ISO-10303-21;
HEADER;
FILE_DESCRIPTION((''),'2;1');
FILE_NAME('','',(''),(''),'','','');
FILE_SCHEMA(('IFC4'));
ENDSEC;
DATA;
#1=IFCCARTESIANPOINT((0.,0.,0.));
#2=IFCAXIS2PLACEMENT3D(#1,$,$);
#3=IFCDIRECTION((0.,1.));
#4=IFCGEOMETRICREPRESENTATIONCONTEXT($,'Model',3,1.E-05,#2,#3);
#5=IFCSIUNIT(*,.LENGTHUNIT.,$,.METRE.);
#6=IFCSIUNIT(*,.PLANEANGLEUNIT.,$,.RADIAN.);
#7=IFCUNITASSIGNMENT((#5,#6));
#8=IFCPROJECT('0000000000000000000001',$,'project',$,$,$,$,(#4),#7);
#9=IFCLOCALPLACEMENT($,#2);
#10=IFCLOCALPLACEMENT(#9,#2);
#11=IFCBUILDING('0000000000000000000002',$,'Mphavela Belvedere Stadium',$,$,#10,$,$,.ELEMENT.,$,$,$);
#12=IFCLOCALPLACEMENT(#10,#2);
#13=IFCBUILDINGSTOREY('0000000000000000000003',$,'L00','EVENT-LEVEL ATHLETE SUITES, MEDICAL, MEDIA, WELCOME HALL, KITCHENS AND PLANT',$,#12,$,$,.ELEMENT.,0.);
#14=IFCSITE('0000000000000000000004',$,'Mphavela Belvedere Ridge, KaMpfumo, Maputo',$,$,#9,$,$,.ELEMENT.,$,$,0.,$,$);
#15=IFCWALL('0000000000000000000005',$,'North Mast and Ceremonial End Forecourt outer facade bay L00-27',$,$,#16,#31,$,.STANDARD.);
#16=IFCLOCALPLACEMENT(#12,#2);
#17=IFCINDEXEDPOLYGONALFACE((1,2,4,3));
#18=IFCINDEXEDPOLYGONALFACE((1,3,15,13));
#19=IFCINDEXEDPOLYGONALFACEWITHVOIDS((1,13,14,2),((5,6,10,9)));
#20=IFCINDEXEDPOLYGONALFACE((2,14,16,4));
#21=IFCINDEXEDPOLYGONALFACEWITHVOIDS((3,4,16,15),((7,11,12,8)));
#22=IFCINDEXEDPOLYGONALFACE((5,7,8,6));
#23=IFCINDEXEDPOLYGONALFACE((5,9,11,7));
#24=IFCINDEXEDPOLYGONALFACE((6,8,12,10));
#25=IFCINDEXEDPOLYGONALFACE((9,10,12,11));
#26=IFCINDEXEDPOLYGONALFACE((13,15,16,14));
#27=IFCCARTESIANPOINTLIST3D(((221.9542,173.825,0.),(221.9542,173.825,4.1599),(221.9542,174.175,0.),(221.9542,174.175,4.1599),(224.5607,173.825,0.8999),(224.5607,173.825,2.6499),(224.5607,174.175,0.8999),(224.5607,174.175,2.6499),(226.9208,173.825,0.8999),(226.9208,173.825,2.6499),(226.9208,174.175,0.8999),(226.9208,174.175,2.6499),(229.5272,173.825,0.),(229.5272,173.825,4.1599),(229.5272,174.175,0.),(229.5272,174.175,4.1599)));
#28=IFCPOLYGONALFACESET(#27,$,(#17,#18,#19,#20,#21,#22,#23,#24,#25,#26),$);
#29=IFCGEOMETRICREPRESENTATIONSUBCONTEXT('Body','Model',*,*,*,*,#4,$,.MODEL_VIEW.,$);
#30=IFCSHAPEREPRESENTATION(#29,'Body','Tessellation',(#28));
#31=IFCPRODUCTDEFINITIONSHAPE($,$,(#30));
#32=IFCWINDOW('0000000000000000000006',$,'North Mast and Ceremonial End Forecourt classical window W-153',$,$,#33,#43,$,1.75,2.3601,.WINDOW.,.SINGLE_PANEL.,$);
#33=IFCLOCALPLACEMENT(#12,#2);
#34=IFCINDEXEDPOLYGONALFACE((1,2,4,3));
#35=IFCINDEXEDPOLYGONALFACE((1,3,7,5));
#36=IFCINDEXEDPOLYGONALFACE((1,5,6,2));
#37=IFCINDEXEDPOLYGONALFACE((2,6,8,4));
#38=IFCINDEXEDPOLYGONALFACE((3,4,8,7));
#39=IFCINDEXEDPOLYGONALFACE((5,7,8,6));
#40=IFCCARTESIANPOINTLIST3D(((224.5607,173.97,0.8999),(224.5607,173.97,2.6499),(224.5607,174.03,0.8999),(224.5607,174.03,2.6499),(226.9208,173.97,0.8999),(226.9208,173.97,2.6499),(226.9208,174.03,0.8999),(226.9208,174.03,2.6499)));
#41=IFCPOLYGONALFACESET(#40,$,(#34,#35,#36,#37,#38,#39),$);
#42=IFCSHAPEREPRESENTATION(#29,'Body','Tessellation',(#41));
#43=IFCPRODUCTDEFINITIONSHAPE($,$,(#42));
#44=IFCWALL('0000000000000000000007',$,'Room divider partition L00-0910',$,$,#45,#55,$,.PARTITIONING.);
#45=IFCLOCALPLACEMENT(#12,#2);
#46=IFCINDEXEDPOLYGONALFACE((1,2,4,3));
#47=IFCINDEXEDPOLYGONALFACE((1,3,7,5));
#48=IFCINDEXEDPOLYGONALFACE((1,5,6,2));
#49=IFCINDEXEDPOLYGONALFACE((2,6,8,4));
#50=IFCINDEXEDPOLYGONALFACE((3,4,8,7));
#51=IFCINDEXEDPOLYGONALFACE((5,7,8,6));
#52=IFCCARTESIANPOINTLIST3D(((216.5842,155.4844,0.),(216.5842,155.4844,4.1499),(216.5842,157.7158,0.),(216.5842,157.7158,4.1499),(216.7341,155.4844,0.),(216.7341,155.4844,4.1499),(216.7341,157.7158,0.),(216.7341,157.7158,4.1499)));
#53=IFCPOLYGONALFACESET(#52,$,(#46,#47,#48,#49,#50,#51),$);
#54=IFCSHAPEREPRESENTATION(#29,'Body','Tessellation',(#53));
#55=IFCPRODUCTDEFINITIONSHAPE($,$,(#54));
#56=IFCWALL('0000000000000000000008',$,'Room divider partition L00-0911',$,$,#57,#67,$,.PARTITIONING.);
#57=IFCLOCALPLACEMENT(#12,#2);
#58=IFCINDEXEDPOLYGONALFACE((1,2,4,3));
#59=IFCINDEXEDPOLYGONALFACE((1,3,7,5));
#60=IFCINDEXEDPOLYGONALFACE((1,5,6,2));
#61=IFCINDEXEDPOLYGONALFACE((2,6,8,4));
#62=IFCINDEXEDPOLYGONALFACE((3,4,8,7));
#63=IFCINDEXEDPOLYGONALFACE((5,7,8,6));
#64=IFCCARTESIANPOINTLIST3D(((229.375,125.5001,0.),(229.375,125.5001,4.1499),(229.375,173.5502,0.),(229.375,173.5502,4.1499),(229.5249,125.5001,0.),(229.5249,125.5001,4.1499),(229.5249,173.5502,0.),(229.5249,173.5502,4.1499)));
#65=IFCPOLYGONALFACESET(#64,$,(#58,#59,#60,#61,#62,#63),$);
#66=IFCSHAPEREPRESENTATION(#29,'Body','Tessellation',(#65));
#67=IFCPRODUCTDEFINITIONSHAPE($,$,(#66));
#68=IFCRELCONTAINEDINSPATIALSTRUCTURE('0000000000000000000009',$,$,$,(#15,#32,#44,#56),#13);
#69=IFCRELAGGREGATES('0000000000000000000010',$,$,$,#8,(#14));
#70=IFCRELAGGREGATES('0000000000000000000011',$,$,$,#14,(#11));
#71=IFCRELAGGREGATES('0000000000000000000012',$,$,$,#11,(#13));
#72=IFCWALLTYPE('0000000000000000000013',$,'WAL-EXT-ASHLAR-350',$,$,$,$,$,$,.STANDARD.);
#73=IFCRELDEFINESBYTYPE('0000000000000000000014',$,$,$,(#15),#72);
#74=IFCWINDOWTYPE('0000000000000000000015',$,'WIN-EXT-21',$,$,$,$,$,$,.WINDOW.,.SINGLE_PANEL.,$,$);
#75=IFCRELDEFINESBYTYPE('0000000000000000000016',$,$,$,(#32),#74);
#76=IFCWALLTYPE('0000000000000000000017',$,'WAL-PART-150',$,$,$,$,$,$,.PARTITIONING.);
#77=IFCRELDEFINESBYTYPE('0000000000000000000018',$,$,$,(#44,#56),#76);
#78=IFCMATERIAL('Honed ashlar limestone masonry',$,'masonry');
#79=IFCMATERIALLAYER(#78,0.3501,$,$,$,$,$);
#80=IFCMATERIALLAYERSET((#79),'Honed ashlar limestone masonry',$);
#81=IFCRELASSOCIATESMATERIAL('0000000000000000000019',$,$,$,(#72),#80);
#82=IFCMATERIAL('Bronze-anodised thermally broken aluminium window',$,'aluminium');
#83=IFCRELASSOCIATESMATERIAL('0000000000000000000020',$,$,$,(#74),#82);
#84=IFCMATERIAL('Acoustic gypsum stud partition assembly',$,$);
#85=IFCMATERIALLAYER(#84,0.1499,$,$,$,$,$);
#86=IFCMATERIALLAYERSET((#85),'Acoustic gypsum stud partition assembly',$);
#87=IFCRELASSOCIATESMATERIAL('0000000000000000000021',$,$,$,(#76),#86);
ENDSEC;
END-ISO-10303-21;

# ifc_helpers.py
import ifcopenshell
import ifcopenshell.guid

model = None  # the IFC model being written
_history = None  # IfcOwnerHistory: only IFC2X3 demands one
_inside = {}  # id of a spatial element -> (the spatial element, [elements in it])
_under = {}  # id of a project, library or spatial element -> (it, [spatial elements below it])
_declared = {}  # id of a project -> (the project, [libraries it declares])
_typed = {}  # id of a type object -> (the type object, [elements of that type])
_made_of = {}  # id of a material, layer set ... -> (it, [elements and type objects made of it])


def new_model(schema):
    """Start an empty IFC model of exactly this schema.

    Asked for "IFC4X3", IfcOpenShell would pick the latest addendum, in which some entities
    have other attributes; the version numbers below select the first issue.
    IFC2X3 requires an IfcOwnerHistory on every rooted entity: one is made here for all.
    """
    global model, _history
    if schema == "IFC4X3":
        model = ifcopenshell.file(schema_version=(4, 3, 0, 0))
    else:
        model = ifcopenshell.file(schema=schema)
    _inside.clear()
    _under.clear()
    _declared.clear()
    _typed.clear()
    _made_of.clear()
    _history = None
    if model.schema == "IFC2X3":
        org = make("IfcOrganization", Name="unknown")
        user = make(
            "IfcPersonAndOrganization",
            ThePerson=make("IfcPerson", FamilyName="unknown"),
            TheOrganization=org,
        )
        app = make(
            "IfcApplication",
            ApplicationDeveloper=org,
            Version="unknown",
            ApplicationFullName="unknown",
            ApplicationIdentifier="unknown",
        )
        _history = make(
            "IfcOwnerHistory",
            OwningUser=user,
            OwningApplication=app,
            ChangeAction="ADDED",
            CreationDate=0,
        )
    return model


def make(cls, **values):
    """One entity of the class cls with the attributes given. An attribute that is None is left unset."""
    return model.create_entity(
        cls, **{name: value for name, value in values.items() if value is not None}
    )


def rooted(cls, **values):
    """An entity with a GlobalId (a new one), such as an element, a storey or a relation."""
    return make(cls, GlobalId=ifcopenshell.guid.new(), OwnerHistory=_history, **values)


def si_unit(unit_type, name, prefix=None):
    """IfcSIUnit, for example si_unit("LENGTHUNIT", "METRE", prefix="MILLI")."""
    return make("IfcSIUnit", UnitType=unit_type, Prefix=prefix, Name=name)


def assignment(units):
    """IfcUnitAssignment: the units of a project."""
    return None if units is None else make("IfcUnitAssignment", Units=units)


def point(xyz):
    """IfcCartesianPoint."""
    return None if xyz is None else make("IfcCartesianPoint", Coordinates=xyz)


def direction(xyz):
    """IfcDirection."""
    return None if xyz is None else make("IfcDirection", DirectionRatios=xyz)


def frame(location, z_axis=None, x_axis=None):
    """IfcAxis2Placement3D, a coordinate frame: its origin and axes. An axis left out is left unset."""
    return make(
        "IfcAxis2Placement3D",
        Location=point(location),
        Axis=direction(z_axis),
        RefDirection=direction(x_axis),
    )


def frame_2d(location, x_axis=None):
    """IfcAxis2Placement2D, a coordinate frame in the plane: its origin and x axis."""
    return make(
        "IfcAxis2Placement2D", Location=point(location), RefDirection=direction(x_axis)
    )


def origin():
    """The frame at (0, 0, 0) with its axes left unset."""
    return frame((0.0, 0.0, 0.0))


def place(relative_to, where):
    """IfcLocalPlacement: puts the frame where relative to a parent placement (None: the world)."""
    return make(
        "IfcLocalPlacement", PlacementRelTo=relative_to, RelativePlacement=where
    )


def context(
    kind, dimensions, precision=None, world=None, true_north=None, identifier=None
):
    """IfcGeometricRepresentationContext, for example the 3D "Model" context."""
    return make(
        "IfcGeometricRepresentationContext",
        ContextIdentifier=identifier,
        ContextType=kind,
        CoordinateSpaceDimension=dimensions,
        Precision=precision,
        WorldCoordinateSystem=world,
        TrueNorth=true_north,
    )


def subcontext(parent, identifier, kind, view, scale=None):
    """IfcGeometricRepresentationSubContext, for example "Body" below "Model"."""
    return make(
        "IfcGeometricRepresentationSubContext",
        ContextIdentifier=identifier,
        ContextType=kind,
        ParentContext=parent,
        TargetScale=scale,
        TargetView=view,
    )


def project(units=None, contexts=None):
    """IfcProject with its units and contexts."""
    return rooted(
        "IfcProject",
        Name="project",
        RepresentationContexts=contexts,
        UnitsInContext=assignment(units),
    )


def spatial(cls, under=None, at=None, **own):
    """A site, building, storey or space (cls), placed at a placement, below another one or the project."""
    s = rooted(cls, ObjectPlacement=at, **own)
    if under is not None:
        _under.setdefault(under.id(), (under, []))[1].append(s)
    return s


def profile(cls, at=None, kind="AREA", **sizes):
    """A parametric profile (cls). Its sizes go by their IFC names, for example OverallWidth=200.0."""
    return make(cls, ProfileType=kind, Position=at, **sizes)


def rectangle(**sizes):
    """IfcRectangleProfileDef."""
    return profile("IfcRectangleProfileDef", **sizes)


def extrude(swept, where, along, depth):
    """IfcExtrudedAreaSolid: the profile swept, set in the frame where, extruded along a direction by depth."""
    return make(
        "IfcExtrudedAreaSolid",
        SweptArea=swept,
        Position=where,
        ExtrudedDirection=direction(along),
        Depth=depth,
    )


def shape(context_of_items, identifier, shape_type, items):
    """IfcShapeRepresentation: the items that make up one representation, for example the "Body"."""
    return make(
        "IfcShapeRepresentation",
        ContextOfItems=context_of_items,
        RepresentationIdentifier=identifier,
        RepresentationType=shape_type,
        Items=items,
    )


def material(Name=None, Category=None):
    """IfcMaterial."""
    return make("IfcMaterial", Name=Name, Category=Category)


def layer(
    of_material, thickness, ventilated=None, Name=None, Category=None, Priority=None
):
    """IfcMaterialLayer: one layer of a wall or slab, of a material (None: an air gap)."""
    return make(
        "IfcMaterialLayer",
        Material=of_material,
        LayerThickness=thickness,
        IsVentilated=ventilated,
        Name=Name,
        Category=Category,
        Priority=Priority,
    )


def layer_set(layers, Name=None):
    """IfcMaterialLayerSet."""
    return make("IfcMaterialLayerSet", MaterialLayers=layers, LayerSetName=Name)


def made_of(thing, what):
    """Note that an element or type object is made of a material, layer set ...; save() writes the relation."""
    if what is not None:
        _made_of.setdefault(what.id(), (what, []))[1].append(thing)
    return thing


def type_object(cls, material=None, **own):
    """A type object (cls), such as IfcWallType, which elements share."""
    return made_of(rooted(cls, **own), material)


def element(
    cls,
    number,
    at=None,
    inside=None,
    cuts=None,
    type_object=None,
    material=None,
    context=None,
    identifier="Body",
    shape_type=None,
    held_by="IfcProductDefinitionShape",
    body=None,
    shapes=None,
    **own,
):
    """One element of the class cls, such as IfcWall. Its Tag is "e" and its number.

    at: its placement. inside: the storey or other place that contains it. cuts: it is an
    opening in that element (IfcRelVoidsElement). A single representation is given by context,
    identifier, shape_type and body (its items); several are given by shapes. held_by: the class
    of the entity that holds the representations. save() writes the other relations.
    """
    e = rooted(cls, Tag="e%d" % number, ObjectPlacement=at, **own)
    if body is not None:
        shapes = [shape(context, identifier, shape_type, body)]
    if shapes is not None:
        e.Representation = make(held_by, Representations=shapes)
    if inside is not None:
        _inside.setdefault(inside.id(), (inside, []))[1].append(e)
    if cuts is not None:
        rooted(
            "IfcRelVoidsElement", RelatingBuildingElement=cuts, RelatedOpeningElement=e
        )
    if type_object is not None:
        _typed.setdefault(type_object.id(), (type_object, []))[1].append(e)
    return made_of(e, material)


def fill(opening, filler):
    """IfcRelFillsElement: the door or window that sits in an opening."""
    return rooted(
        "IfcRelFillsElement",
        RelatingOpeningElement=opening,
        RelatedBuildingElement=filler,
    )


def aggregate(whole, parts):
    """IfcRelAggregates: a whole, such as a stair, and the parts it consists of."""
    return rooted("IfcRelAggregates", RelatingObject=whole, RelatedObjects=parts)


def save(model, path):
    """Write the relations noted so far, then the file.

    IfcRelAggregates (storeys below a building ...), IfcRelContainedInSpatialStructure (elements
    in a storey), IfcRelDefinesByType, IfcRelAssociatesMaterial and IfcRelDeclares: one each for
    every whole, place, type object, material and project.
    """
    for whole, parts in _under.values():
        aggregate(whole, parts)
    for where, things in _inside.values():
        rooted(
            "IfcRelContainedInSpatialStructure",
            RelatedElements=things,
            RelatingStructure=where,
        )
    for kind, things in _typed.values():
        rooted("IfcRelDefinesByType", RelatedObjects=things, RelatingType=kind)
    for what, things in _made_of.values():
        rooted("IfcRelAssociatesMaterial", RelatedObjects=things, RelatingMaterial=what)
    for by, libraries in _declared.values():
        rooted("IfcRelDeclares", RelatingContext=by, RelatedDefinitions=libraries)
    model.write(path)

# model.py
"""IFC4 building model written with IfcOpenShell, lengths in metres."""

from ifc_helpers import new_model, si_unit, direction, frame, frame_2d, origin, place, context, subcontext, project, spatial, rectangle, extrude, material, layer, layer_set, type_object, element, fill, save


model = new_model("IFC4")

# Units and contexts
model_context = context("Model", 3, precision=1e-05, world=origin(), true_north=direction((0.0, 1.0)))
body_context = subcontext(model_context, "Body", "Model", "MODEL_VIEW")
ifc_project = project(units=[si_unit("LENGTHUNIT", "METRE"), si_unit("PLANEANGLEUNIT", "RADIAN")], contexts=[model_context])

# Site, building, storey
site_placement = place(None, origin())
site = spatial("IfcSite", under=ifc_project, at=site_placement, Name="Mphavela Belvedere Ridge, KaMpfumo, Maputo", CompositionType="ELEMENT", RefElevation=0.0)
building_placement = place(site_placement, origin())
building = spatial("IfcBuilding", under=site, at=building_placement, Name="Mphavela Belvedere Stadium", CompositionType="ELEMENT")
storey_placement = place(building_placement, origin())
storey = spatial("IfcBuildingStorey", under=building, at=storey_placement, Name="L00", Description="EVENT-LEVEL ATHLETE SUITES, MEDICAL, MEDIA, WELCOME HALL, KITCHENS AND PLANT", CompositionType="ELEMENT", Elevation=0.0)

# Wall, opening, window
ifc_material_1 = material(Name="Honed ashlar limestone masonry", Category="masonry")
ifc_layer_1 = layer(ifc_material_1, 0.3501)
ifc_layer_set_1 = layer_set([ifc_layer_1], Name="Honed ashlar limestone masonry")
wall_type_1 = type_object("IfcWallType", Name="WAL-EXT-ASHLAR-350", PredefinedType="STANDARD", material=ifc_layer_set_1)
wall_1_placement = place(storey_placement, frame((221.9541, 174.0, 0.0), z_axis=(0.0, 0.0, 1.0), x_axis=(1.0, 0.0, 0.0)))
wall_1 = element("IfcWall", 1, at=wall_1_placement, inside=storey, type_object=wall_type_1, Name="North Mast and Ceremonial End Forecourt outer facade bay L00-27", PredefinedType="STANDARD", context=body_context, shape_type="SweptSolid", body=[
    extrude(rectangle(XDim=7.573, YDim=0.3501, at=frame_2d((3.7866, 0.0))), origin(), (0.0, 0.0, 1.0), 4.1599),
])
opening_placement = place(wall_1_placement, frame((2.6064, 0.0, 0.8999)))
opening = element("IfcOpeningElement", 2, at=opening_placement, cuts=wall_1, PredefinedType="OPENING", context=body_context, shape_type="SweptSolid", body=[
    extrude(rectangle(XDim=2.3601, YDim=1.75, at=frame_2d((1.1802, 0.875))), frame((0.0, 0.1851, 0.0), z_axis=(0.0, -1.0, 0.0), x_axis=(1.0, 0.0, 0.0)), (0.0, 0.0, 1.0), 0.3701),
])
ifc_material_2 = material(Name="Bronze-anodised thermally broken aluminium window", Category="aluminium")
window_type = type_object("IfcWindowType", Name="WIN-EXT-21", PartitioningType="SINGLE_PANEL", PredefinedType="WINDOW", material=ifc_material_2)
window_placement = place(opening_placement, origin())
window = element("IfcWindow", 3, at=window_placement, inside=storey, type_object=window_type, Name="North Mast and Ceremonial End Forecourt classical window W-153", OverallHeight=1.75, OverallWidth=2.3601, PartitioningType="SINGLE_PANEL", PredefinedType="WINDOW", context=body_context, shape_type="SweptSolid", body=[
    extrude(rectangle(XDim=2.3601, YDim=1.75, at=frame_2d((1.1802, 0.875))), frame((0.0, 0.03, 0.0), z_axis=(0.0, -1.0, 0.0), x_axis=(1.0, 0.0, 0.0)), (0.0, 0.0, 1.0), 0.0601),
])
fill(opening, window)

# Walls
ifc_material_3 = material(Name="Acoustic gypsum stud partition assembly")
ifc_layer_2 = layer(ifc_material_3, 0.1499)
ifc_layer_set_2 = layer_set([ifc_layer_2], Name="Acoustic gypsum stud partition assembly")
wall_type_2 = type_object("IfcWallType", Name="WAL-PART-150", PredefinedType="PARTITIONING", material=ifc_layer_set_2)
wall_2_placement = place(storey_placement, frame((216.6592, 155.4844, 0.0), z_axis=(0.0, 0.0, 1.0), x_axis=(0.0, 1.0, 0.0)))
element("IfcWall", 4, at=wall_2_placement, inside=storey, type_object=wall_type_2, Name="Room divider partition L00-0910", PredefinedType="PARTITIONING", context=body_context, shape_type="SweptSolid", body=[
    extrude(rectangle(XDim=2.2314, YDim=0.1499, at=frame_2d((1.1157, 0.0))), origin(), (0.0, 0.0, 1.0), 4.1499),
])
wall_3_placement = place(storey_placement, frame((229.45, 173.55, 0.0), z_axis=(0.0, 0.0, 1.0), x_axis=(0.0, -1.0, 0.0)))
element("IfcWall", 5, at=wall_3_placement, inside=storey, type_object=wall_type_2, Name="Room divider partition L00-0911", PredefinedType="PARTITIONING", context=body_context, shape_type="SweptSolid", body=[
    extrude(rectangle(XDim=48.05, YDim=0.1499, at=frame_2d((24.0249, 0.0))), origin(), (0.0, 0.0, 1.0), 4.1499),
])

save(model, "model.ifc")
